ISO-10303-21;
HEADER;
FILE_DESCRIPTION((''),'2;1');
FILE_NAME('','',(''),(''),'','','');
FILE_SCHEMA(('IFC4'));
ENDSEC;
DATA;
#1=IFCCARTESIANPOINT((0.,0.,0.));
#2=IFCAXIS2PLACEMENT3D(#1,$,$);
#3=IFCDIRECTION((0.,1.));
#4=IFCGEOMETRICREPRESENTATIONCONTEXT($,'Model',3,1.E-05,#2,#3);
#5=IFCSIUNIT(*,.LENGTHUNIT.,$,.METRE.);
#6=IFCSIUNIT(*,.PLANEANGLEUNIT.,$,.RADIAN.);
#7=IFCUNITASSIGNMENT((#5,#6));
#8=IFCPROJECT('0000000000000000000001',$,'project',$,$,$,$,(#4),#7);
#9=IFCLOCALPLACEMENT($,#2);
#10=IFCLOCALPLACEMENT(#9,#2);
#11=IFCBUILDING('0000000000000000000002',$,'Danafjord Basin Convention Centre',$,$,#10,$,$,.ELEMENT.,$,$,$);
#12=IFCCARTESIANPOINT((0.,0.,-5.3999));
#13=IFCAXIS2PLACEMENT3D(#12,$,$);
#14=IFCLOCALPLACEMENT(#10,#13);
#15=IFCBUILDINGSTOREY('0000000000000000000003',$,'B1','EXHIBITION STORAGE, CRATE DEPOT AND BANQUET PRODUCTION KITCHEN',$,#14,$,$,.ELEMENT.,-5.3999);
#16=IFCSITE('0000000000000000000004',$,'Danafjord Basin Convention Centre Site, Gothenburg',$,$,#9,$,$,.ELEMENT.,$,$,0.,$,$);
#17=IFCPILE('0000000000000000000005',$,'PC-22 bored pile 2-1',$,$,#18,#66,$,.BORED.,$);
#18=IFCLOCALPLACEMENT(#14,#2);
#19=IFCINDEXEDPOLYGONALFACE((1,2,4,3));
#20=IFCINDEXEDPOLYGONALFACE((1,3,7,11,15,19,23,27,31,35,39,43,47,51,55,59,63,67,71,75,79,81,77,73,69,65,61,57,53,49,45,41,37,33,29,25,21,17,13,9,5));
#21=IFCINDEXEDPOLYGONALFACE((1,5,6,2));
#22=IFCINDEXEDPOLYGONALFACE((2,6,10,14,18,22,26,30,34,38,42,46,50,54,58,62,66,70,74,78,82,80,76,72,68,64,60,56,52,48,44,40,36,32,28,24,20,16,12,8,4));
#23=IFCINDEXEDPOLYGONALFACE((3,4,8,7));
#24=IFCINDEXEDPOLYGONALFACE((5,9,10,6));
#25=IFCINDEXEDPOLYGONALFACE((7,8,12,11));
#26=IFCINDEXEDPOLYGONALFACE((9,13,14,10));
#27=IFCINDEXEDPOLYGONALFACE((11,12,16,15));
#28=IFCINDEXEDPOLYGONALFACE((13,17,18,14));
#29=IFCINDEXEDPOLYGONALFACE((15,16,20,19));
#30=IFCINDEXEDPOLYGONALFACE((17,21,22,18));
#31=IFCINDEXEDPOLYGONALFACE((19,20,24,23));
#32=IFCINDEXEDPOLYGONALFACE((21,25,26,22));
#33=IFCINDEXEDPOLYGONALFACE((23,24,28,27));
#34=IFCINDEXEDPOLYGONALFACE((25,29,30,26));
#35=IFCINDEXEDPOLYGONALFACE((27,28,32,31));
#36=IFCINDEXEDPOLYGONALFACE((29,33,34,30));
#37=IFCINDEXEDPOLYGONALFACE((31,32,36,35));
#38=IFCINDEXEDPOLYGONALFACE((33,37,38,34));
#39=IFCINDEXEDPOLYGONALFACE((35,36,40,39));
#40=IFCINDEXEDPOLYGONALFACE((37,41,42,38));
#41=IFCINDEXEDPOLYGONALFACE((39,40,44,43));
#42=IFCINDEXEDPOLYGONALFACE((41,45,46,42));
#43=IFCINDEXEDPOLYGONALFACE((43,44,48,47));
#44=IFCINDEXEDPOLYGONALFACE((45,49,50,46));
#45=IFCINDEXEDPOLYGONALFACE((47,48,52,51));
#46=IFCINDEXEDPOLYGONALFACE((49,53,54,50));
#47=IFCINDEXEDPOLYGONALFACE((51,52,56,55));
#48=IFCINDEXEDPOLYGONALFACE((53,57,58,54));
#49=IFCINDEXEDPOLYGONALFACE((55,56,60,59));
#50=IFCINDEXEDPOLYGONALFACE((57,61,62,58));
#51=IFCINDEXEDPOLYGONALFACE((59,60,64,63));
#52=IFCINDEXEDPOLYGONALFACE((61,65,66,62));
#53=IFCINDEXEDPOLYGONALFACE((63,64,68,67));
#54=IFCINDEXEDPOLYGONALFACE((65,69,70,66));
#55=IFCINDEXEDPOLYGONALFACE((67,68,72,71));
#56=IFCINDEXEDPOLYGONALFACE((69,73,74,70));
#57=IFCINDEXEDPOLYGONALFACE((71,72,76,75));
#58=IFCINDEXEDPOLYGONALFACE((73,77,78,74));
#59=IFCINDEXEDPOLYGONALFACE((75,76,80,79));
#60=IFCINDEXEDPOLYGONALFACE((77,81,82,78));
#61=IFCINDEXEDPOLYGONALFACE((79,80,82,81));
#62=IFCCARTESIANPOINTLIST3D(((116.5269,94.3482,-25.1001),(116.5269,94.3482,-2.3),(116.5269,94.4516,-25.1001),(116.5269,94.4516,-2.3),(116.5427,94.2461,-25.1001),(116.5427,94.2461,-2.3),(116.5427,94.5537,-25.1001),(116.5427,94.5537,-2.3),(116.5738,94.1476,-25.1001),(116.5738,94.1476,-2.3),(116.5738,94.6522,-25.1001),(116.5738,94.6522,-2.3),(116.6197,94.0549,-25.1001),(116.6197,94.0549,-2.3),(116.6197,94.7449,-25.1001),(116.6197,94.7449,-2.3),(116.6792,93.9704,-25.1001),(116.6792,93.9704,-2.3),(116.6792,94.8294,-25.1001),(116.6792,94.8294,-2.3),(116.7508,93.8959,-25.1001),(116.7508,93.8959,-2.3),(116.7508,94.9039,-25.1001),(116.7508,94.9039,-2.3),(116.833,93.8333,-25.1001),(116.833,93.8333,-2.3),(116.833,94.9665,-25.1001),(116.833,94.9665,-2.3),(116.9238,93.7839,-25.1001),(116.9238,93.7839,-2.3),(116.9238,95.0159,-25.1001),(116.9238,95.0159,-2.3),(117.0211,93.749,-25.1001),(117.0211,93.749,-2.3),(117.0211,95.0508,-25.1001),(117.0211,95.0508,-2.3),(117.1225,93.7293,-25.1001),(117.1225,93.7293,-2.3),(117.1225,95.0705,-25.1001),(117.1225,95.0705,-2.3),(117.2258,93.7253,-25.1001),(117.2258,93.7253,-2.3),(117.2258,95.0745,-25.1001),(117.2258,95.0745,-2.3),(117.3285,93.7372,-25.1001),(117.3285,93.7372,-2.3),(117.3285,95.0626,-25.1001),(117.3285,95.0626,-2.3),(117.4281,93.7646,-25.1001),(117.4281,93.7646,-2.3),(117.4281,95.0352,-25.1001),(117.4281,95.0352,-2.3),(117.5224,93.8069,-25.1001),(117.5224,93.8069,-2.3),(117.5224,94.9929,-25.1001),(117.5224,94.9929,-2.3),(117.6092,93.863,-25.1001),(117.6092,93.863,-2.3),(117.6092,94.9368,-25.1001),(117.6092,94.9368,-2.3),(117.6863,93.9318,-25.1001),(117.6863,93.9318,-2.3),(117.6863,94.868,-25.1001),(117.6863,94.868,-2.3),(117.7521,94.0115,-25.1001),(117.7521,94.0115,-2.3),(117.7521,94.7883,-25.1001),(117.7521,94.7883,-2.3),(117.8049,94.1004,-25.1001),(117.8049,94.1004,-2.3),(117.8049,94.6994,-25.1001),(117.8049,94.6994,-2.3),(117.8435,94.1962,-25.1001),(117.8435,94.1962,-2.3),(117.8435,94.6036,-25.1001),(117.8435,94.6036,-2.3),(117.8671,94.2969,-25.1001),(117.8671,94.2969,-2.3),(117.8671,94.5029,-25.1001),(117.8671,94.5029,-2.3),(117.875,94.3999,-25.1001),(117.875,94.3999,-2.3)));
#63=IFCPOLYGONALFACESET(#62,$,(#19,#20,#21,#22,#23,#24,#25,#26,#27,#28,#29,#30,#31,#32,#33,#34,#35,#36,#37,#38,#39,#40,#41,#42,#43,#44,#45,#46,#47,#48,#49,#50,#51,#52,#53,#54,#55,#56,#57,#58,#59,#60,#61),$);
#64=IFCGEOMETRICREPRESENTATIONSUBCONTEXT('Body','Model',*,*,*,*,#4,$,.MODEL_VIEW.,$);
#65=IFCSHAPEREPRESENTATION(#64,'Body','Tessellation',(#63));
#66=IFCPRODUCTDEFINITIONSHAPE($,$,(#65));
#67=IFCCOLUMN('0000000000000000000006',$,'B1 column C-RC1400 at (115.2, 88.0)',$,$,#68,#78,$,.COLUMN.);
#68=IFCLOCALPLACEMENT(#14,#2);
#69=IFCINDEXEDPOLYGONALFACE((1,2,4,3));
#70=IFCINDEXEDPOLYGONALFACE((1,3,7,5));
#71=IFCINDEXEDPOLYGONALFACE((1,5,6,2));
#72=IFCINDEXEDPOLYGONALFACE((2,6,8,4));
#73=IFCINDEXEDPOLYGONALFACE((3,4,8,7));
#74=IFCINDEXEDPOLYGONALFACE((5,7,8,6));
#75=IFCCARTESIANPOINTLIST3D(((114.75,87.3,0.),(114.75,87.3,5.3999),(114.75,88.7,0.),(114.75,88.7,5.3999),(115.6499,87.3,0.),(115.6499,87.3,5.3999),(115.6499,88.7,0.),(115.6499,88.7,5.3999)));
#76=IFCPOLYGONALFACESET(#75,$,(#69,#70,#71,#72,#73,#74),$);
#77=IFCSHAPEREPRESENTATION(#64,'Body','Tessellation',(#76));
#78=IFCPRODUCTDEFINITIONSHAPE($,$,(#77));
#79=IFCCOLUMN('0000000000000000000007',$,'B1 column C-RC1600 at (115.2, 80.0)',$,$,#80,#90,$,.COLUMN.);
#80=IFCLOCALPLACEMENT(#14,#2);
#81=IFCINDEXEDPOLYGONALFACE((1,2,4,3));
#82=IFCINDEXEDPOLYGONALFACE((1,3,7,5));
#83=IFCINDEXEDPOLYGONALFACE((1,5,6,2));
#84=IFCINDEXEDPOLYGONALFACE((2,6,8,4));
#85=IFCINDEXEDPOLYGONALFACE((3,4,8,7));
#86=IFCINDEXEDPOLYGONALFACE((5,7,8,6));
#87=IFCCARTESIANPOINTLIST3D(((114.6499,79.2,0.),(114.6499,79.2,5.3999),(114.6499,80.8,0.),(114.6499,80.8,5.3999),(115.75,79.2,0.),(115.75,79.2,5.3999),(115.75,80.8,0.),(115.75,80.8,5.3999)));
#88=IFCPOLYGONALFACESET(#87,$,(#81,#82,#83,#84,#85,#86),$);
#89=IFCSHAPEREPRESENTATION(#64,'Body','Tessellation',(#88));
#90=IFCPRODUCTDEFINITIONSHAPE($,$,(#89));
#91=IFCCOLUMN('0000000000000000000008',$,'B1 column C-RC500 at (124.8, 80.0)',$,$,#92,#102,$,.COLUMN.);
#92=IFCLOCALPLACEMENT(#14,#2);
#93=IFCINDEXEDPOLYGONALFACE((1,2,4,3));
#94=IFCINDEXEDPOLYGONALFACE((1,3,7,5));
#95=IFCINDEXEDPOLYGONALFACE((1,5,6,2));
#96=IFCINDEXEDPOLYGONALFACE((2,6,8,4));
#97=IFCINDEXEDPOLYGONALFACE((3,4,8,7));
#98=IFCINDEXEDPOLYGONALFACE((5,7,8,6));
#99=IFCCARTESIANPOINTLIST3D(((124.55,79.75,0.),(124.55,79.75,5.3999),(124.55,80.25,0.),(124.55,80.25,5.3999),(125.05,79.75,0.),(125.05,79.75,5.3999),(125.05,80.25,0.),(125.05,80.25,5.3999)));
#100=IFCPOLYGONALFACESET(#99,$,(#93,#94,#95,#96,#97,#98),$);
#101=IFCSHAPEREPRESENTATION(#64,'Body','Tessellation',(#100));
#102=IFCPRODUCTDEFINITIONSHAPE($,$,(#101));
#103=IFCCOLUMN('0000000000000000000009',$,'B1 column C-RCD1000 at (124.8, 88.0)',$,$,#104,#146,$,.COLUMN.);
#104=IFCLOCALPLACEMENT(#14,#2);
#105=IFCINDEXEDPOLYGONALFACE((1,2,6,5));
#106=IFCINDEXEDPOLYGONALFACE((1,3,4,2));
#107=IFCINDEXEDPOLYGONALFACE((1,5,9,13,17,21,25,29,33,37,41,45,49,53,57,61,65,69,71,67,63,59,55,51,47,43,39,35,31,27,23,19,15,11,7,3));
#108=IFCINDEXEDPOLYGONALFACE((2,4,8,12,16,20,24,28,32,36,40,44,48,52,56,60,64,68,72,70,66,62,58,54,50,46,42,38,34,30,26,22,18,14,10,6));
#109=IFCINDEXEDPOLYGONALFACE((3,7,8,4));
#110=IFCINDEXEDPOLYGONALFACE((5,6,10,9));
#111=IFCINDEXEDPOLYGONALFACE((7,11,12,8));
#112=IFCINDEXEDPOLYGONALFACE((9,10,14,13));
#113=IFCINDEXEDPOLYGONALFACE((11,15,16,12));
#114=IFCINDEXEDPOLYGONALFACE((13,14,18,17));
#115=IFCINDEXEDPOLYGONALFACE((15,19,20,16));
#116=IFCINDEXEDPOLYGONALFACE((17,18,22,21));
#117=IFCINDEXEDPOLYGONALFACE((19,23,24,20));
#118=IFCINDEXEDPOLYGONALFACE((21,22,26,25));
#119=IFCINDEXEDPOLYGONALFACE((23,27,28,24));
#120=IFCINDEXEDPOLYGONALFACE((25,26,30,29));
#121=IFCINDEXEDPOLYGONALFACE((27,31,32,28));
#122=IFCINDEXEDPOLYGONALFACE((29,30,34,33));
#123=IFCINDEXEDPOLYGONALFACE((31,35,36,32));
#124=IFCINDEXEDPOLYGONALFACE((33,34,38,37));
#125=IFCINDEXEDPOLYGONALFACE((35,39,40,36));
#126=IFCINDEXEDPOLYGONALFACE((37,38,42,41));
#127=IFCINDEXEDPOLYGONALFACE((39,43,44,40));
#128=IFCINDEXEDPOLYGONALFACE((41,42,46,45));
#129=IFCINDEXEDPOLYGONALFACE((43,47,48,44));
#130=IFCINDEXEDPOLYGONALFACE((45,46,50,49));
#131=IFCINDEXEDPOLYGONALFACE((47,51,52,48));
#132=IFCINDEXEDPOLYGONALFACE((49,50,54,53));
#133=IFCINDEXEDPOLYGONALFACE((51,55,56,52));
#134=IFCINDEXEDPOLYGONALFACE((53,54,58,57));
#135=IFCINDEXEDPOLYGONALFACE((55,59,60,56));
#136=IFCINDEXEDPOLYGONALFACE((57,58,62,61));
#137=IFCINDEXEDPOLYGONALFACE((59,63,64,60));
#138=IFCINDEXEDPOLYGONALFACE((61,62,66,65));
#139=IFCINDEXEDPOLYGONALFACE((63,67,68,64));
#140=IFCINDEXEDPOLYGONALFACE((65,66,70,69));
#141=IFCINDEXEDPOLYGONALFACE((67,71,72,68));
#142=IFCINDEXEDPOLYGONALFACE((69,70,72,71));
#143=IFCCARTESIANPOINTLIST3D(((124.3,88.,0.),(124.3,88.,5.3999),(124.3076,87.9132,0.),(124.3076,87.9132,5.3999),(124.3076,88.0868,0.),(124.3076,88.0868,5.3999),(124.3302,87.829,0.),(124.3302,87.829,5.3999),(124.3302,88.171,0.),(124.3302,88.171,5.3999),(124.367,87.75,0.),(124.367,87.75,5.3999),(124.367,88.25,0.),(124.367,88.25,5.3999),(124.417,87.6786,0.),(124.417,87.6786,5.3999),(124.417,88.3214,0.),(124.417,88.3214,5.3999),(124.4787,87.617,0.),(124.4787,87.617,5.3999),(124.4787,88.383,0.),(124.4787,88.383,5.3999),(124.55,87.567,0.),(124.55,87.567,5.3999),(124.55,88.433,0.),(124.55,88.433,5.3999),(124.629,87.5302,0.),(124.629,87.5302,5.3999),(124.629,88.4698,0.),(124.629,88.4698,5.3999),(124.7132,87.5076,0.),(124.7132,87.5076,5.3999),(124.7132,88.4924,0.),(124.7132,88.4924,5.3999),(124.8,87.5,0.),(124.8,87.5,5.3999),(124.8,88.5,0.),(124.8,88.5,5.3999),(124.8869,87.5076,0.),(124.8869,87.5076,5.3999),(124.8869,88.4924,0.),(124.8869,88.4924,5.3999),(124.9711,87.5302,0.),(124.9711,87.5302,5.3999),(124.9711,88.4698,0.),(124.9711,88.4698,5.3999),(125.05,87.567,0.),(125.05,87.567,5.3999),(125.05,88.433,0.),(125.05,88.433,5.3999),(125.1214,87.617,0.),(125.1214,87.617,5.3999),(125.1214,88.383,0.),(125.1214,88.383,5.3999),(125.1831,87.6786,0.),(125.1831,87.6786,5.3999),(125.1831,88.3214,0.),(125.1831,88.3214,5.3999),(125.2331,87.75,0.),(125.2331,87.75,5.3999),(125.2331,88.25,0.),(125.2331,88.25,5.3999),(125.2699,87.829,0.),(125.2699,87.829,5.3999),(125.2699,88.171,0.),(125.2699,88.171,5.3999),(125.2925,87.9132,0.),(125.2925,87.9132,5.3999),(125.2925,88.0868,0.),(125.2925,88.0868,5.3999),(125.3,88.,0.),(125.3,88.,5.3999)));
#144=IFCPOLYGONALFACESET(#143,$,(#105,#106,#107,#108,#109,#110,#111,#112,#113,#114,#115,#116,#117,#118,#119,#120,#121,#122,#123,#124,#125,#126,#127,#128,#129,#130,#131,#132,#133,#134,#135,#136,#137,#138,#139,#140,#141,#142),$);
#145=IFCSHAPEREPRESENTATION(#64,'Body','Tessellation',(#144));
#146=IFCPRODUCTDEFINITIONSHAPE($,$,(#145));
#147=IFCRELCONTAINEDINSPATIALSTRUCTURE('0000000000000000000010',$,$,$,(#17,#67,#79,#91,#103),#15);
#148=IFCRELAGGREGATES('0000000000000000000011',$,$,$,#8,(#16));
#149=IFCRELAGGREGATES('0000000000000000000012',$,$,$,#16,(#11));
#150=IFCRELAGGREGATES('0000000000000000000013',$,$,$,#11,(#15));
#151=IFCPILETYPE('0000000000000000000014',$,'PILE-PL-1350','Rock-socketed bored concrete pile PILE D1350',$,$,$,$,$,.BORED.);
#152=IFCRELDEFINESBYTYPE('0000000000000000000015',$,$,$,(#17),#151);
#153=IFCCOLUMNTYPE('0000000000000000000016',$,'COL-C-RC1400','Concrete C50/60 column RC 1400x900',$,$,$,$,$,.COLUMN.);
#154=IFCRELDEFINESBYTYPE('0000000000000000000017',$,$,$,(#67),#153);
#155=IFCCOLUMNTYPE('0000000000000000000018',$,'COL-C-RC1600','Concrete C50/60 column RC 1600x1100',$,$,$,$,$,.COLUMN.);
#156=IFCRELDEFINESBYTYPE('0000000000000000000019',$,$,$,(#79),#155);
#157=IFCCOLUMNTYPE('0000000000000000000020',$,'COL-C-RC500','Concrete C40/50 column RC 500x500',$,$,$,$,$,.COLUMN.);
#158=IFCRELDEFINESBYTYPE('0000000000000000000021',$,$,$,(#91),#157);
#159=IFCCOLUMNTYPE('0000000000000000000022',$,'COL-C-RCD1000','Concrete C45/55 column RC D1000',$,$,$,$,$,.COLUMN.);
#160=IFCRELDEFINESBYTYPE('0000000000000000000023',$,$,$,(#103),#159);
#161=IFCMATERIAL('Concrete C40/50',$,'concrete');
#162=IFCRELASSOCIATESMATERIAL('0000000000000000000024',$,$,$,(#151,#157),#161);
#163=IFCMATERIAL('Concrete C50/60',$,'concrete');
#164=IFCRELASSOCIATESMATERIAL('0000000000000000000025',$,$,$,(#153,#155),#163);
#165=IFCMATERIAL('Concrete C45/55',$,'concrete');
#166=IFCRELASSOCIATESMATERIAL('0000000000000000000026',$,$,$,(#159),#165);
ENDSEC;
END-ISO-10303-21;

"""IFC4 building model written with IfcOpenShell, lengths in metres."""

from ifc_helpers import new_model, si_unit, direction, frame, origin, origin_2d, place, context, subcontext, project, spatial, rectangle, circle, extrude, material, material_profile, profile_set, type_object, element, save


model = new_model("IFC4")

# Units and contexts
model_context = context("Model", 3, precision=1e-05, world=origin(), true_north=direction((0.0, 1.0)))
body_context = subcontext(model_context, "Body", "Model", "MODEL_VIEW")
ifc_project = project(units=[si_unit("LENGTHUNIT", "METRE"), si_unit("PLANEANGLEUNIT", "RADIAN")], contexts=[model_context])

# Site, building, storey
site_placement = place(None, origin())
site = spatial("IfcSite", under=ifc_project, at=site_placement, Name="Danafjord Basin Convention Centre Site, Gothenburg", CompositionType="ELEMENT", RefElevation=0.0)
building_placement = place(site_placement, origin())
building = spatial("IfcBuilding", under=site, at=building_placement, Name="Danafjord Basin Convention Centre", CompositionType="ELEMENT")
storey_placement = place(building_placement, frame((0.0, 0.0, -5.3999)))
storey = spatial("IfcBuildingStorey", under=building, at=storey_placement, Name="B1", Description="EXHIBITION STORAGE, CRATE DEPOT AND BANQUET PRODUCTION KITCHEN", CompositionType="ELEMENT", Elevation=-5.3999)

# Shared definitions
ifc_material_1 = material(Name="Concrete C40/50", Category="concrete")

# Pile
ifc_material_profile_1 = material_profile(ifc_material_1, circle(Radius=0.675, at=origin_2d()), Name="PILE D1350")
ifc_profile_set_1 = profile_set([ifc_material_profile_1], Name="Concrete C40/50")
pile_type_1 = type_object("IfcPileType", Name="PILE-PL-1350", Description="Rock-socketed bored concrete pile PILE D1350", PredefinedType="BORED", material=ifc_profile_set_1)
pile_placement = place(storey_placement, frame((117.2, 94.3999, -2.3), z_axis=(0.0, 0.0, -1.0), x_axis=(1.0, 0.0, 0.0)))
element("IfcPile", 1, at=pile_placement, inside=storey, type_object=pile_type_1, Name="PC-22 bored pile 2-1", PredefinedType="BORED", context=body_context, shape_type="SweptSolid", body=[
    extrude(circle(Radius=0.675, at=origin_2d()), origin(), (0.0, 0.0, 1.0), 22.8),
])

# Columns
ifc_material_2 = material(Name="Concrete C50/60", Category="concrete")
ifc_material_profile_2 = material_profile(ifc_material_2, rectangle(XDim=0.8999, YDim=1.3999, at=origin_2d()), Name="RC 1400x900")
ifc_profile_set_2 = profile_set([ifc_material_profile_2], Name="Concrete C50/60")
column_type_1 = type_object("IfcColumnType", Name="COL-C-RC1400", Description="Concrete C50/60 column RC 1400x900", PredefinedType="COLUMN", material=ifc_profile_set_2)
column_1_placement = place(storey_placement, frame((115.2, 88.0, 0.0), z_axis=(0.0, 0.0, 1.0), x_axis=(1.0, 0.0, 0.0)))
element("IfcColumn", 2, at=column_1_placement, inside=storey, type_object=column_type_1, Name="B1 column C-RC1400 at (115.2, 88.0)", PredefinedType="COLUMN", context=body_context, shape_type="SweptSolid", body=[
    extrude(rectangle(XDim=0.8999, YDim=1.3999, at=origin_2d()), origin(), (0.0, 0.0, 1.0), 5.3999),
])
ifc_material_profile_3 = material_profile(ifc_material_2, rectangle(XDim=1.1001, YDim=1.6001, at=origin_2d()), Name="RC 1600x1100")
ifc_profile_set_3 = profile_set([ifc_material_profile_3], Name="Concrete C50/60")
column_type_2 = type_object("IfcColumnType", Name="COL-C-RC1600", Description="Concrete C50/60 column RC 1600x1100", PredefinedType="COLUMN", material=ifc_profile_set_3)
column_2_placement = place(storey_placement, frame((115.2, 80.0, 0.0), z_axis=(0.0, 0.0, 1.0), x_axis=(1.0, 0.0, 0.0)))
element("IfcColumn", 3, at=column_2_placement, inside=storey, type_object=column_type_2, Name="B1 column C-RC1600 at (115.2, 80.0)", PredefinedType="COLUMN", context=body_context, shape_type="SweptSolid", body=[
    extrude(rectangle(XDim=1.1001, YDim=1.6001, at=origin_2d()), origin(), (0.0, 0.0, 1.0), 5.3999),
])
ifc_material_profile_4 = material_profile(ifc_material_1, rectangle(XDim=0.5, YDim=0.5, at=origin_2d()), Name="RC 500x500")
ifc_profile_set_4 = profile_set([ifc_material_profile_4], Name="Concrete C40/50")
column_type_3 = type_object("IfcColumnType", Name="COL-C-RC500", Description="Concrete C40/50 column RC 500x500", PredefinedType="COLUMN", material=ifc_profile_set_4)
column_3_placement = place(storey_placement, frame((124.8, 80.0, 0.0), z_axis=(0.0, 0.0, 1.0), x_axis=(1.0, 0.0, 0.0)))
element("IfcColumn", 4, at=column_3_placement, inside=storey, type_object=column_type_3, Name="B1 column C-RC500 at (124.8, 80.0)", PredefinedType="COLUMN", context=body_context, shape_type="SweptSolid", body=[
    extrude(rectangle(XDim=0.5, YDim=0.5, at=origin_2d()), origin(), (0.0, 0.0, 1.0), 5.3999),
])
ifc_material_3 = material(Name="Concrete C45/55", Category="concrete")
ifc_material_profile_5 = material_profile(ifc_material_3, circle(Radius=0.5, at=origin_2d()), Name="RC D1000")
ifc_profile_set_5 = profile_set([ifc_material_profile_5], Name="Concrete C45/55")
column_type_4 = type_object("IfcColumnType", Name="COL-C-RCD1000", Description="Concrete C45/55 column RC D1000", PredefinedType="COLUMN", material=ifc_profile_set_5)
column_4_placement = place(storey_placement, frame((124.8, 88.0, 0.0), z_axis=(0.0, 0.0, 1.0), x_axis=(1.0, 0.0, 0.0)))
element("IfcColumn", 5, at=column_4_placement, inside=storey, type_object=column_type_4, Name="B1 column C-RCD1000 at (124.8, 88.0)", PredefinedType="COLUMN", context=body_context, shape_type="SweptSolid", body=[
    extrude(circle(Radius=0.5, at=origin_2d()), origin(), (0.0, 0.0, 1.0), 5.3999),
])

save(model, "model.ifc")
